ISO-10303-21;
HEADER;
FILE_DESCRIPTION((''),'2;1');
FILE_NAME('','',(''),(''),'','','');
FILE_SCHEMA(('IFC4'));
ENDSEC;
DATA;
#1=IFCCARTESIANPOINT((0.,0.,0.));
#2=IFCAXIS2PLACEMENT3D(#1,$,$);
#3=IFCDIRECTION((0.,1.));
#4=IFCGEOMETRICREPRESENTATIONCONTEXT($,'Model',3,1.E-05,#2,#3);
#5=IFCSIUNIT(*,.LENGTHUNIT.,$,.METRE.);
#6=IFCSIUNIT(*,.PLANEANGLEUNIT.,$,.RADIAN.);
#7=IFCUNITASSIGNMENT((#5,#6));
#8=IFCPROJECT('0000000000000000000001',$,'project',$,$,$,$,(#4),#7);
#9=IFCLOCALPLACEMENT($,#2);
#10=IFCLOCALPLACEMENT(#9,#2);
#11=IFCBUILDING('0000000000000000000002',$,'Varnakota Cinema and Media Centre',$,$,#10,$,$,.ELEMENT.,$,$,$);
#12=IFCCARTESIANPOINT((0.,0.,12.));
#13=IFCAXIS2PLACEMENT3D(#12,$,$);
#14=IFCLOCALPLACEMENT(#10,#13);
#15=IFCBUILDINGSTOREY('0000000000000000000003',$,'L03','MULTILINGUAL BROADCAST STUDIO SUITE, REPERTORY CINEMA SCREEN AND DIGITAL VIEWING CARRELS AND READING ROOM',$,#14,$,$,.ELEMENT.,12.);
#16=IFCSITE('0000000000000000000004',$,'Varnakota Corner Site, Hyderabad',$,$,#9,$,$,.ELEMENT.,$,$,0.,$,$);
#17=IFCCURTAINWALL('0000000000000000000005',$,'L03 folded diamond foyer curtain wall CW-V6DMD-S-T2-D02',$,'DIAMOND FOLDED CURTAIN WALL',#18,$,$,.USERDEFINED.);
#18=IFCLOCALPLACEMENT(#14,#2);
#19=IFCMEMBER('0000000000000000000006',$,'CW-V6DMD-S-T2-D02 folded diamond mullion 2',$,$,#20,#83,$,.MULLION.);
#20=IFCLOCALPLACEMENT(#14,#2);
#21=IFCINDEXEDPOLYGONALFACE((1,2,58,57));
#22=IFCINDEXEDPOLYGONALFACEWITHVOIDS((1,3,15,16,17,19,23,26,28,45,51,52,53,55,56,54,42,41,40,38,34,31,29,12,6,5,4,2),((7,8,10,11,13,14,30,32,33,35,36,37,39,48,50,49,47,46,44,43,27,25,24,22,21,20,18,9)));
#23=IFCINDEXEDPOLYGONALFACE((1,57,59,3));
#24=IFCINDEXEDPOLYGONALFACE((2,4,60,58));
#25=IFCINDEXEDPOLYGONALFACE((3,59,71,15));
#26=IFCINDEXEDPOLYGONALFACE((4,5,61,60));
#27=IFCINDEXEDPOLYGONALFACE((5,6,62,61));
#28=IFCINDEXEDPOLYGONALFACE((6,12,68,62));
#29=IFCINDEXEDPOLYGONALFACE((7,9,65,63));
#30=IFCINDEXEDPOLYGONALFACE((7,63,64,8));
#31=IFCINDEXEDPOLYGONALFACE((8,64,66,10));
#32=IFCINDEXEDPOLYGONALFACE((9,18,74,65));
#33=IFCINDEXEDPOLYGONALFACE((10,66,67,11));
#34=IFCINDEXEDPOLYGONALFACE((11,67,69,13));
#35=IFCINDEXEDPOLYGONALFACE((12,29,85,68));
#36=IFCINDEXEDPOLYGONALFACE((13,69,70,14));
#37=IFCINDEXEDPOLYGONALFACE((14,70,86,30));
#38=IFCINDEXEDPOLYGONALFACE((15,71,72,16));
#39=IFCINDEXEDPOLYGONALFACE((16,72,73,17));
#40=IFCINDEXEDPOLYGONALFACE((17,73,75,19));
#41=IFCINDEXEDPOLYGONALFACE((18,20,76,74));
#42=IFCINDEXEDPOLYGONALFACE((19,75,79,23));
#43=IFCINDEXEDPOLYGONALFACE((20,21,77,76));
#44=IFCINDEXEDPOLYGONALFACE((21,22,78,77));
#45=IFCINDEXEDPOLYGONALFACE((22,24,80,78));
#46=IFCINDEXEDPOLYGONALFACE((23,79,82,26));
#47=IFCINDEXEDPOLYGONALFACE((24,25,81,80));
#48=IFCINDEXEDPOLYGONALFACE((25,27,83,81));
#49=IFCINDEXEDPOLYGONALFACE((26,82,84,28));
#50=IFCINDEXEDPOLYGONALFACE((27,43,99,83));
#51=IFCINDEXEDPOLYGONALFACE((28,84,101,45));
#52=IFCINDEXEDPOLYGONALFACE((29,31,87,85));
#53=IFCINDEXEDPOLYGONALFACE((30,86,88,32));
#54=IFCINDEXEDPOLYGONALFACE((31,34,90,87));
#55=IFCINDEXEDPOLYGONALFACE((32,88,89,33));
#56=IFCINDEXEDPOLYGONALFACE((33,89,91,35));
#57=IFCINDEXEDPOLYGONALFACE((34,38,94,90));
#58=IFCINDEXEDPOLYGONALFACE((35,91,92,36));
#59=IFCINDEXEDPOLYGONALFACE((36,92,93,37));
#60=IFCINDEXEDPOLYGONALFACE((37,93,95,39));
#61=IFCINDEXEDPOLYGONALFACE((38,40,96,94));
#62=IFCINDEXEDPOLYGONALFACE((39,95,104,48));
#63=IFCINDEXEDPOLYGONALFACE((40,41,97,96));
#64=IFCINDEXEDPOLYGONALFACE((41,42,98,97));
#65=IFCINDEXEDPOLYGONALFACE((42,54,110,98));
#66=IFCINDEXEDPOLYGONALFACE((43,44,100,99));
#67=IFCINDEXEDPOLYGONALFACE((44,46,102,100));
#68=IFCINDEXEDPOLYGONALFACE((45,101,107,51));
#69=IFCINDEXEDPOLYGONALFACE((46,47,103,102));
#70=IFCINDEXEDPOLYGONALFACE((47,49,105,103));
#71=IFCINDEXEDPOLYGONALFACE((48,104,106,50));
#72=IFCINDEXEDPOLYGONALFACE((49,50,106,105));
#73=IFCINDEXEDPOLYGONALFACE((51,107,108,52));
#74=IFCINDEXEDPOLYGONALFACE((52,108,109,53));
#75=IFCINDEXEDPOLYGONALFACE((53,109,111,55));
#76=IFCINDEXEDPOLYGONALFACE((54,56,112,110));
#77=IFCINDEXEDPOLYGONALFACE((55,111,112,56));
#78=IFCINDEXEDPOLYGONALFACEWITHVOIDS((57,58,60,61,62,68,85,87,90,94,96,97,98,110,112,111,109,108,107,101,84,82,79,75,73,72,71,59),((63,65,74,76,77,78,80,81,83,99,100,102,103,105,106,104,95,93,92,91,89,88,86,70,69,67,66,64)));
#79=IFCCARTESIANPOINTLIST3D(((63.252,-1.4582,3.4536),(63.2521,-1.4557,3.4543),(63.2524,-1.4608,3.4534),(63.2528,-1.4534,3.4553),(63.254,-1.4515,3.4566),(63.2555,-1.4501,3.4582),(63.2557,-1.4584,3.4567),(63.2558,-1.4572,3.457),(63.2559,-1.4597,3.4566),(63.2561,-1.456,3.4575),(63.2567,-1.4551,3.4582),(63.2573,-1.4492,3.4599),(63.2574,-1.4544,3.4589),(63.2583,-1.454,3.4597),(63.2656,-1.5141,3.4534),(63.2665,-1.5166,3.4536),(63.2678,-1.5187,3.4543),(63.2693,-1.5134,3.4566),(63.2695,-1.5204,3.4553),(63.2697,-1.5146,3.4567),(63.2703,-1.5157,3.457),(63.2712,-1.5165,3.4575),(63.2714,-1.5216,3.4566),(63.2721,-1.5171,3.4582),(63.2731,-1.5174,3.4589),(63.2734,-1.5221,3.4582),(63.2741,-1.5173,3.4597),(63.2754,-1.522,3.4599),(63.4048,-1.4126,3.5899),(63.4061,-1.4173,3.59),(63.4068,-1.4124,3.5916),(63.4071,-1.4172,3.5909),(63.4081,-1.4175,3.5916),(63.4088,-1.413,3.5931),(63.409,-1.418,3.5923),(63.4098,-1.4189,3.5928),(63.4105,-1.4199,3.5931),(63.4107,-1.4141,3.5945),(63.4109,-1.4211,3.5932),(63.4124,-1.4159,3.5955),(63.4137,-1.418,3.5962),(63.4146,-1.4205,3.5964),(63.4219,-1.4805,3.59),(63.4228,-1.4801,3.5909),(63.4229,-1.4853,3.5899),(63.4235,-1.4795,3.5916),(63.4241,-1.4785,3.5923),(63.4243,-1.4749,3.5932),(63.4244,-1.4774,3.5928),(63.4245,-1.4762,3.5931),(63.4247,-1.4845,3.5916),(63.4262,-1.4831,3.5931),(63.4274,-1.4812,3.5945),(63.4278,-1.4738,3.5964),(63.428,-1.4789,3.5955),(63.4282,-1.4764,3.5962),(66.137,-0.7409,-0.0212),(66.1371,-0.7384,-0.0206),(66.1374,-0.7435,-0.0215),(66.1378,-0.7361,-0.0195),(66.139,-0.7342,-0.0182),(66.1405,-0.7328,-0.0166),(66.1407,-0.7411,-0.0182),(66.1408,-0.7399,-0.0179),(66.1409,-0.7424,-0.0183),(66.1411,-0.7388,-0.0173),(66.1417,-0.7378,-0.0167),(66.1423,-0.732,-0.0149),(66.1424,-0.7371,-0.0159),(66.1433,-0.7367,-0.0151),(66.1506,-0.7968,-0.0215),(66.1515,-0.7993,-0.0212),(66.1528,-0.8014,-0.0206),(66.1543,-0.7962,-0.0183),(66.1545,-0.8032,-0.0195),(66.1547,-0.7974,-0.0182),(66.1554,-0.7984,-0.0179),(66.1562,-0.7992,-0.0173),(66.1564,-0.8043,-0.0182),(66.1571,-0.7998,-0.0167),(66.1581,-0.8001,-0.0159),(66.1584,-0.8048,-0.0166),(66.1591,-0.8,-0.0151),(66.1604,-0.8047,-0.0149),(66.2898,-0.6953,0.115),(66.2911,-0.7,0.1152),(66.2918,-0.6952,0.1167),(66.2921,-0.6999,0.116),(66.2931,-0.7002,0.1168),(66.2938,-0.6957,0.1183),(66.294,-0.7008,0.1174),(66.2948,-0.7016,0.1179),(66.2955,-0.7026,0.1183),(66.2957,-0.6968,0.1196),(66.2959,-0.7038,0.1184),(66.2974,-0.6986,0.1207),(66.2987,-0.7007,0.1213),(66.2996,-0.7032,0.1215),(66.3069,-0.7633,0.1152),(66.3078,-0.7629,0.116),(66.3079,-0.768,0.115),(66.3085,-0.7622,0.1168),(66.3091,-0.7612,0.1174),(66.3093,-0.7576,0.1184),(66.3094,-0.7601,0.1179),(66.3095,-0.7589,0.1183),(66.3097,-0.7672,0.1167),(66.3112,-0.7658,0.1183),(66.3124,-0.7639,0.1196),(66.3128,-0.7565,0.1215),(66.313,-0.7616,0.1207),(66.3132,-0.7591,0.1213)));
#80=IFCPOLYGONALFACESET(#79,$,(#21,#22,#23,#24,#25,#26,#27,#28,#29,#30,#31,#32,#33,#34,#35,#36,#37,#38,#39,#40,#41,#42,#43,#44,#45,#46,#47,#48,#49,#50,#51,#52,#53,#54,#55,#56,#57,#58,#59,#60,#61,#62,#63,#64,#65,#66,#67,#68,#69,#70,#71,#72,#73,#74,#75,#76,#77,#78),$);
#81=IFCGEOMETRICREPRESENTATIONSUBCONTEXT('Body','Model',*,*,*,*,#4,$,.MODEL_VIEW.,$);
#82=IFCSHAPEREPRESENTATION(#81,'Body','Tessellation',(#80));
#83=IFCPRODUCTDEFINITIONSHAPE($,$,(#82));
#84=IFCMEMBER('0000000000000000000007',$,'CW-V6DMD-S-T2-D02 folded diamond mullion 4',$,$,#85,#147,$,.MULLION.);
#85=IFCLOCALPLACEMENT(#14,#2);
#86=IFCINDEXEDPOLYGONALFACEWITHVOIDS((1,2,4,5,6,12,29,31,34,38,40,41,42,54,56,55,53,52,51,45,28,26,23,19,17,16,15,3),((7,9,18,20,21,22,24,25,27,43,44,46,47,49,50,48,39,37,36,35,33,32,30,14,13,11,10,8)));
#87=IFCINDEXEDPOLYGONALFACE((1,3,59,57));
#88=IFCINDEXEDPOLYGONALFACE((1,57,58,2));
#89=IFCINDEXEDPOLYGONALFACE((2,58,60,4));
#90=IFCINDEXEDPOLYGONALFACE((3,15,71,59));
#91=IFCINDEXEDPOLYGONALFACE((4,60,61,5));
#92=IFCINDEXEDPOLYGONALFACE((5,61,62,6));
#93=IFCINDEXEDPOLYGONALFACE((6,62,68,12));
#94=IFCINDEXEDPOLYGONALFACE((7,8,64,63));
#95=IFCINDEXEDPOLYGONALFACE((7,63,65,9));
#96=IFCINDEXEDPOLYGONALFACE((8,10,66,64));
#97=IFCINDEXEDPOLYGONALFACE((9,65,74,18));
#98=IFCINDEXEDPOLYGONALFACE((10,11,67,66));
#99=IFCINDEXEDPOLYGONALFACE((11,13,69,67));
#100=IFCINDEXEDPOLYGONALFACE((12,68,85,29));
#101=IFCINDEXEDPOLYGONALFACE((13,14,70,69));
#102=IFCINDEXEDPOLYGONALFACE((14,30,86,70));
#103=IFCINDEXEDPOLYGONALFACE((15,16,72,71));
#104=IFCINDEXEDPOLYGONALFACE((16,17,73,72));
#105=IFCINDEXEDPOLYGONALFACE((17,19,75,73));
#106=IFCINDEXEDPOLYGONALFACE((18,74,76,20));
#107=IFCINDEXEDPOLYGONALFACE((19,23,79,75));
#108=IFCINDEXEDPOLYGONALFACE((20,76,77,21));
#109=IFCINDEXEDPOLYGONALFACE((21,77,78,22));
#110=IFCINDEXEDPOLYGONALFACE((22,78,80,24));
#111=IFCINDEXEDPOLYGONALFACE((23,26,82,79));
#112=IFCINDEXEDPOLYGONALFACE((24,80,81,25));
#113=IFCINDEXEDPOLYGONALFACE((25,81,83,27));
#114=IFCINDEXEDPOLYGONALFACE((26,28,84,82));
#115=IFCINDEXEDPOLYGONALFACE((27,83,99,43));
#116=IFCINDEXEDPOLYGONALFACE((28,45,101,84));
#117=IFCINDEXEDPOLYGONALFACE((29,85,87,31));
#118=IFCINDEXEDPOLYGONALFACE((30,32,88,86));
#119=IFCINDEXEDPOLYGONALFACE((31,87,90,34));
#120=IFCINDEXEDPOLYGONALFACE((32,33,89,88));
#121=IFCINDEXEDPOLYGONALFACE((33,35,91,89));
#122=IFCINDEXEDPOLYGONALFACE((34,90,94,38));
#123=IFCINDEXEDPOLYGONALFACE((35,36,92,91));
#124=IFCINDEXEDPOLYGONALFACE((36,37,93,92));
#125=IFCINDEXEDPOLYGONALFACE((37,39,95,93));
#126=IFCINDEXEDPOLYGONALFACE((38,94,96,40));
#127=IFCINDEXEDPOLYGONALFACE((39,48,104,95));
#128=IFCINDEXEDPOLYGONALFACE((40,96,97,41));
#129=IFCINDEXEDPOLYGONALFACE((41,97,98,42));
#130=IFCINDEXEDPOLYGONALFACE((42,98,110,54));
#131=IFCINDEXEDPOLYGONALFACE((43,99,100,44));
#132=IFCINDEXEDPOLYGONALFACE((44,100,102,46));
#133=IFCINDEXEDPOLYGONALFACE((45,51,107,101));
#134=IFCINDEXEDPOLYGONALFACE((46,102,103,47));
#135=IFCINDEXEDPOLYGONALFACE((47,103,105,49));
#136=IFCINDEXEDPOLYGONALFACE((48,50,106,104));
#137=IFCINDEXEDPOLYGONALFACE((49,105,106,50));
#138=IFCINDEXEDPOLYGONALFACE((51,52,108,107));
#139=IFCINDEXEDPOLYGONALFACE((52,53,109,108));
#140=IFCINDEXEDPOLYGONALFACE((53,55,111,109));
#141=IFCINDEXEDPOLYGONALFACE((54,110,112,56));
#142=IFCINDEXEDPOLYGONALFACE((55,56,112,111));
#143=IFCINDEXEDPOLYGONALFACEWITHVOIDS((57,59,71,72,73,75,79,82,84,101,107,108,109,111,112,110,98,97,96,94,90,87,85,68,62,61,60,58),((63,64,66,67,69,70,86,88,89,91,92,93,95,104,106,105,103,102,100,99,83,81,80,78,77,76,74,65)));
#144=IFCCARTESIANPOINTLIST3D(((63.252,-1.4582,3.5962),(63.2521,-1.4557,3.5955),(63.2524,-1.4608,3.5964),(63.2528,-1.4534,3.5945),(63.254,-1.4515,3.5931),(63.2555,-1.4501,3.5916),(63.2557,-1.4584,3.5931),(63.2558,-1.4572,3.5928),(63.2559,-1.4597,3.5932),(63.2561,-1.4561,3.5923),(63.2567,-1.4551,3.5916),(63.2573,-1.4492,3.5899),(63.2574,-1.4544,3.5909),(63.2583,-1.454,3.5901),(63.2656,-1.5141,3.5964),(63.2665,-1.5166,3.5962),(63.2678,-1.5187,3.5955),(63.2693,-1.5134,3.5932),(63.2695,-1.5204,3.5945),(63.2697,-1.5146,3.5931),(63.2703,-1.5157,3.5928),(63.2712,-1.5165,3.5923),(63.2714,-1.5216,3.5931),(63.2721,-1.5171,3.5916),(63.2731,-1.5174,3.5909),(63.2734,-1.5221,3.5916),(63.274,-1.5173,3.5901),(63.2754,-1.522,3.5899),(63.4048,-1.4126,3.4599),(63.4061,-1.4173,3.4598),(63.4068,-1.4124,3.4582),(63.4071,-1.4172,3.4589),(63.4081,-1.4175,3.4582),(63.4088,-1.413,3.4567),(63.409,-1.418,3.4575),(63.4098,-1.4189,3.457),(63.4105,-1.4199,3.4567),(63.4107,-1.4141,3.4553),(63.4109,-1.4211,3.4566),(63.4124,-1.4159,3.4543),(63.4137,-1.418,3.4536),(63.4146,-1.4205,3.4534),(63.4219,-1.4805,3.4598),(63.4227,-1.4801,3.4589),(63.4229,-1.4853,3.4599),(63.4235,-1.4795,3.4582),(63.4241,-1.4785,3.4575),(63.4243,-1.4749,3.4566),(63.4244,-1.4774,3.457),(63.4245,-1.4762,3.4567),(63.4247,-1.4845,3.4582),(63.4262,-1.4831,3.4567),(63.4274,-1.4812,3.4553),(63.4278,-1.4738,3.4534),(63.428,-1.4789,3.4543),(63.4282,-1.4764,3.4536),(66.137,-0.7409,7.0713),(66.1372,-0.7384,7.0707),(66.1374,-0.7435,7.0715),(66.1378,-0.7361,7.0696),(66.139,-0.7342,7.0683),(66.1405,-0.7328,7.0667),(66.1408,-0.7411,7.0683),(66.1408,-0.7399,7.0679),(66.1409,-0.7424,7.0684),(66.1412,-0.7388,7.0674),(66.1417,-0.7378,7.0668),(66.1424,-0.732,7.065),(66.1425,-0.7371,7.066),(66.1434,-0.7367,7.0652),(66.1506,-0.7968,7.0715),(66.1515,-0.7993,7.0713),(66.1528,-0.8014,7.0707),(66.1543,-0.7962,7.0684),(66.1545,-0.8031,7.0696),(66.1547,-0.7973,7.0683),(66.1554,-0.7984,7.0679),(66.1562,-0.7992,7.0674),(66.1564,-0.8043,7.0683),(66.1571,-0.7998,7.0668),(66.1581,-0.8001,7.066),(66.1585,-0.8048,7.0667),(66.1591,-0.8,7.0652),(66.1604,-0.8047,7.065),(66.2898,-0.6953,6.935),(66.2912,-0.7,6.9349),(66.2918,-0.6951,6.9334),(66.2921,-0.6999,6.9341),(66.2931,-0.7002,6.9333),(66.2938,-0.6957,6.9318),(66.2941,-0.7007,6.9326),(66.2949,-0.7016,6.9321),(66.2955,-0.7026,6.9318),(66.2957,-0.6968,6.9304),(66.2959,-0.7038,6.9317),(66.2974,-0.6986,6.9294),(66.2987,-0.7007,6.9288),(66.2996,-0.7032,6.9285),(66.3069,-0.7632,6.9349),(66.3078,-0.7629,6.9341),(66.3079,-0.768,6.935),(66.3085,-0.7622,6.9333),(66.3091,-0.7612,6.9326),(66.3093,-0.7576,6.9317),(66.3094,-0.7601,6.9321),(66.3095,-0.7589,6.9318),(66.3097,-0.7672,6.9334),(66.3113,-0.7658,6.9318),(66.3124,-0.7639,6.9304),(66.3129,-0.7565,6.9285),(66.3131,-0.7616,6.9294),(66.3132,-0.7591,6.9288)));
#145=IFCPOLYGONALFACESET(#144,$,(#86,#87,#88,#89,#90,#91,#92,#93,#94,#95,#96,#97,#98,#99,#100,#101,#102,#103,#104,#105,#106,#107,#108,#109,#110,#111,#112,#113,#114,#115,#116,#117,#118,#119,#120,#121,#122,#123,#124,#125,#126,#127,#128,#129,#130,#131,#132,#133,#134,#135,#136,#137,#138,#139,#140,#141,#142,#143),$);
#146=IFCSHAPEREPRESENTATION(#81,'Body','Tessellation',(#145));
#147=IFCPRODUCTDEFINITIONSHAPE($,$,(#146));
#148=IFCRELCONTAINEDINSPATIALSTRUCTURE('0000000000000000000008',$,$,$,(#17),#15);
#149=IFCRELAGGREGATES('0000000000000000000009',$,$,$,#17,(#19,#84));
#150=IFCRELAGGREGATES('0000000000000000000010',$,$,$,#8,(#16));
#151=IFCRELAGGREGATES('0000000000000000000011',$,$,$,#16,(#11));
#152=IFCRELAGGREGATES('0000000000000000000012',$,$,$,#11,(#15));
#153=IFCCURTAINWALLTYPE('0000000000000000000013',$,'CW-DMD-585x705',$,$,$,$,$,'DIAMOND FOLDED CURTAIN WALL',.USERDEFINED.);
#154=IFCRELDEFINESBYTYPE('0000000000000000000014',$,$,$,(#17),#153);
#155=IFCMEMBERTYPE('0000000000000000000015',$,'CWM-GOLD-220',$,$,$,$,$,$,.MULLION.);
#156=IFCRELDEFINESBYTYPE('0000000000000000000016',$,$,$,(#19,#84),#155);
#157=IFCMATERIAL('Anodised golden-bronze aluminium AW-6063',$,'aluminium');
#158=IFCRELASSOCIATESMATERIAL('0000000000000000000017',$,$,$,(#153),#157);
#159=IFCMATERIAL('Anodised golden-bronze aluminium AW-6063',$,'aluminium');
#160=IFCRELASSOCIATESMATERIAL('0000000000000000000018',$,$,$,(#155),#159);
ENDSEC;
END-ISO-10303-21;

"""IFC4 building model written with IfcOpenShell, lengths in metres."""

from ifc_helpers import new_model, si_unit, direction, frame, origin, origin_2d, place, context, subcontext, project, spatial, hollow_rectangle, extrude, material, material_profile, profile_set, type_object, element, aggregate, save


model = new_model("IFC4")

# Units and contexts
model_context = context("Model", 3, precision=1e-05, world=origin(), true_north=direction((0.0, 1.0)))
body_context = subcontext(model_context, "Body", "Model", "MODEL_VIEW")
ifc_project = project(units=[si_unit("LENGTHUNIT", "METRE"), si_unit("PLANEANGLEUNIT", "RADIAN")], contexts=[model_context])

# Site, building, storey
site_placement = place(None, origin())
site = spatial("IfcSite", under=ifc_project, at=site_placement, Name="Varnakota Corner Site, Hyderabad", CompositionType="ELEMENT", RefElevation=0.0)
building_placement = place(site_placement, origin())
building = spatial("IfcBuilding", under=site, at=building_placement, Name="Varnakota Cinema and Media Centre", CompositionType="ELEMENT")
storey_placement = place(building_placement, frame((0.0, 0.0, 12.0)))
storey = spatial("IfcBuildingStorey", under=building, at=storey_placement, Name="L03", Description="MULTILINGUAL BROADCAST STUDIO SUITE, REPERTORY CINEMA SCREEN AND DIGITAL VIEWING CARRELS AND READING ROOM", CompositionType="ELEMENT", Elevation=12.0)

# Curtain wall, members
ifc_material_1 = material(Name="Anodised golden-bronze aluminium AW-6063", Category="aluminium")
curtain_wall_type = type_object("IfcCurtainWallType", Name="CW-DMD-585x705", ElementType="DIAMOND FOLDED CURTAIN WALL", PredefinedType="USERDEFINED", material=ifc_material_1)
curtain_wall_1_placement = place(storey_placement, origin())
curtain_wall_1 = element("IfcCurtainWall", 1, at=curtain_wall_1_placement, inside=storey, type_object=curtain_wall_type, Name="L03 folded diamond foyer curtain wall CW-V6DMD-S-T2-D02", ObjectType="DIAMOND FOLDED CURTAIN WALL", PredefinedType="USERDEFINED")
ifc_material_2 = material(Name="Anodised golden-bronze aluminium AW-6063", Category="aluminium")
ifc_material_profile_1 = material_profile(ifc_material_2, hollow_rectangle(XDim=0.075, YDim=0.22, WallThickness=0.0049, InnerFilletRadius=0.0049, OuterFilletRadius=0.01, at=origin_2d()), Name="AL-MULLION 220x75x5")
ifc_profile_set_1 = profile_set([ifc_material_profile_1], Name="Anodised golden-bronze aluminium AW-6063")
member_type_1 = type_object("IfcMemberType", Name="CWM-GOLD-220", PredefinedType="MULLION", material=ifc_profile_set_1)
member_1_placement = place(storey_placement, frame((66.2251, -0.75, 0.05), z_axis=(-0.630878, -0.156852, 0.759862), x_axis=(0.241279, -0.970456, 0.0)))
member_1 = element("IfcMember", 2, at=member_1_placement, type_object=member_type_1, Name="CW-V6DMD-S-T2-D02 folded diamond mullion 2", PredefinedType="MULLION", context=body_context, shape_type="SweptSolid", body=[
    extrude(hollow_rectangle(XDim=0.075, YDim=0.22, WallThickness=0.0049, InnerFilletRadius=0.0049, OuterFilletRadius=0.01, at=origin_2d()), origin(), (0.0, 0.0, 1.0), 4.573),
])
member_2_placement = place(storey_placement, frame((63.3401, -1.4673, 3.5249), z_axis=(0.630853, 0.156846, 0.759885), x_axis=(-0.241279, 0.970456, 0.0)))
member_2 = element("IfcMember", 3, at=member_2_placement, type_object=member_type_1, Name="CW-V6DMD-S-T2-D02 folded diamond mullion 4", PredefinedType="MULLION", context=body_context, shape_type="SweptSolid", body=[
    extrude(hollow_rectangle(XDim=0.075, YDim=0.22, WallThickness=0.0049, InnerFilletRadius=0.0049, OuterFilletRadius=0.01, at=origin_2d()), origin(), (0.0, 0.0, 1.0), 4.5732),
])

aggregate(curtain_wall_1, [member_1, member_2])

save(model, "model.ifc")
